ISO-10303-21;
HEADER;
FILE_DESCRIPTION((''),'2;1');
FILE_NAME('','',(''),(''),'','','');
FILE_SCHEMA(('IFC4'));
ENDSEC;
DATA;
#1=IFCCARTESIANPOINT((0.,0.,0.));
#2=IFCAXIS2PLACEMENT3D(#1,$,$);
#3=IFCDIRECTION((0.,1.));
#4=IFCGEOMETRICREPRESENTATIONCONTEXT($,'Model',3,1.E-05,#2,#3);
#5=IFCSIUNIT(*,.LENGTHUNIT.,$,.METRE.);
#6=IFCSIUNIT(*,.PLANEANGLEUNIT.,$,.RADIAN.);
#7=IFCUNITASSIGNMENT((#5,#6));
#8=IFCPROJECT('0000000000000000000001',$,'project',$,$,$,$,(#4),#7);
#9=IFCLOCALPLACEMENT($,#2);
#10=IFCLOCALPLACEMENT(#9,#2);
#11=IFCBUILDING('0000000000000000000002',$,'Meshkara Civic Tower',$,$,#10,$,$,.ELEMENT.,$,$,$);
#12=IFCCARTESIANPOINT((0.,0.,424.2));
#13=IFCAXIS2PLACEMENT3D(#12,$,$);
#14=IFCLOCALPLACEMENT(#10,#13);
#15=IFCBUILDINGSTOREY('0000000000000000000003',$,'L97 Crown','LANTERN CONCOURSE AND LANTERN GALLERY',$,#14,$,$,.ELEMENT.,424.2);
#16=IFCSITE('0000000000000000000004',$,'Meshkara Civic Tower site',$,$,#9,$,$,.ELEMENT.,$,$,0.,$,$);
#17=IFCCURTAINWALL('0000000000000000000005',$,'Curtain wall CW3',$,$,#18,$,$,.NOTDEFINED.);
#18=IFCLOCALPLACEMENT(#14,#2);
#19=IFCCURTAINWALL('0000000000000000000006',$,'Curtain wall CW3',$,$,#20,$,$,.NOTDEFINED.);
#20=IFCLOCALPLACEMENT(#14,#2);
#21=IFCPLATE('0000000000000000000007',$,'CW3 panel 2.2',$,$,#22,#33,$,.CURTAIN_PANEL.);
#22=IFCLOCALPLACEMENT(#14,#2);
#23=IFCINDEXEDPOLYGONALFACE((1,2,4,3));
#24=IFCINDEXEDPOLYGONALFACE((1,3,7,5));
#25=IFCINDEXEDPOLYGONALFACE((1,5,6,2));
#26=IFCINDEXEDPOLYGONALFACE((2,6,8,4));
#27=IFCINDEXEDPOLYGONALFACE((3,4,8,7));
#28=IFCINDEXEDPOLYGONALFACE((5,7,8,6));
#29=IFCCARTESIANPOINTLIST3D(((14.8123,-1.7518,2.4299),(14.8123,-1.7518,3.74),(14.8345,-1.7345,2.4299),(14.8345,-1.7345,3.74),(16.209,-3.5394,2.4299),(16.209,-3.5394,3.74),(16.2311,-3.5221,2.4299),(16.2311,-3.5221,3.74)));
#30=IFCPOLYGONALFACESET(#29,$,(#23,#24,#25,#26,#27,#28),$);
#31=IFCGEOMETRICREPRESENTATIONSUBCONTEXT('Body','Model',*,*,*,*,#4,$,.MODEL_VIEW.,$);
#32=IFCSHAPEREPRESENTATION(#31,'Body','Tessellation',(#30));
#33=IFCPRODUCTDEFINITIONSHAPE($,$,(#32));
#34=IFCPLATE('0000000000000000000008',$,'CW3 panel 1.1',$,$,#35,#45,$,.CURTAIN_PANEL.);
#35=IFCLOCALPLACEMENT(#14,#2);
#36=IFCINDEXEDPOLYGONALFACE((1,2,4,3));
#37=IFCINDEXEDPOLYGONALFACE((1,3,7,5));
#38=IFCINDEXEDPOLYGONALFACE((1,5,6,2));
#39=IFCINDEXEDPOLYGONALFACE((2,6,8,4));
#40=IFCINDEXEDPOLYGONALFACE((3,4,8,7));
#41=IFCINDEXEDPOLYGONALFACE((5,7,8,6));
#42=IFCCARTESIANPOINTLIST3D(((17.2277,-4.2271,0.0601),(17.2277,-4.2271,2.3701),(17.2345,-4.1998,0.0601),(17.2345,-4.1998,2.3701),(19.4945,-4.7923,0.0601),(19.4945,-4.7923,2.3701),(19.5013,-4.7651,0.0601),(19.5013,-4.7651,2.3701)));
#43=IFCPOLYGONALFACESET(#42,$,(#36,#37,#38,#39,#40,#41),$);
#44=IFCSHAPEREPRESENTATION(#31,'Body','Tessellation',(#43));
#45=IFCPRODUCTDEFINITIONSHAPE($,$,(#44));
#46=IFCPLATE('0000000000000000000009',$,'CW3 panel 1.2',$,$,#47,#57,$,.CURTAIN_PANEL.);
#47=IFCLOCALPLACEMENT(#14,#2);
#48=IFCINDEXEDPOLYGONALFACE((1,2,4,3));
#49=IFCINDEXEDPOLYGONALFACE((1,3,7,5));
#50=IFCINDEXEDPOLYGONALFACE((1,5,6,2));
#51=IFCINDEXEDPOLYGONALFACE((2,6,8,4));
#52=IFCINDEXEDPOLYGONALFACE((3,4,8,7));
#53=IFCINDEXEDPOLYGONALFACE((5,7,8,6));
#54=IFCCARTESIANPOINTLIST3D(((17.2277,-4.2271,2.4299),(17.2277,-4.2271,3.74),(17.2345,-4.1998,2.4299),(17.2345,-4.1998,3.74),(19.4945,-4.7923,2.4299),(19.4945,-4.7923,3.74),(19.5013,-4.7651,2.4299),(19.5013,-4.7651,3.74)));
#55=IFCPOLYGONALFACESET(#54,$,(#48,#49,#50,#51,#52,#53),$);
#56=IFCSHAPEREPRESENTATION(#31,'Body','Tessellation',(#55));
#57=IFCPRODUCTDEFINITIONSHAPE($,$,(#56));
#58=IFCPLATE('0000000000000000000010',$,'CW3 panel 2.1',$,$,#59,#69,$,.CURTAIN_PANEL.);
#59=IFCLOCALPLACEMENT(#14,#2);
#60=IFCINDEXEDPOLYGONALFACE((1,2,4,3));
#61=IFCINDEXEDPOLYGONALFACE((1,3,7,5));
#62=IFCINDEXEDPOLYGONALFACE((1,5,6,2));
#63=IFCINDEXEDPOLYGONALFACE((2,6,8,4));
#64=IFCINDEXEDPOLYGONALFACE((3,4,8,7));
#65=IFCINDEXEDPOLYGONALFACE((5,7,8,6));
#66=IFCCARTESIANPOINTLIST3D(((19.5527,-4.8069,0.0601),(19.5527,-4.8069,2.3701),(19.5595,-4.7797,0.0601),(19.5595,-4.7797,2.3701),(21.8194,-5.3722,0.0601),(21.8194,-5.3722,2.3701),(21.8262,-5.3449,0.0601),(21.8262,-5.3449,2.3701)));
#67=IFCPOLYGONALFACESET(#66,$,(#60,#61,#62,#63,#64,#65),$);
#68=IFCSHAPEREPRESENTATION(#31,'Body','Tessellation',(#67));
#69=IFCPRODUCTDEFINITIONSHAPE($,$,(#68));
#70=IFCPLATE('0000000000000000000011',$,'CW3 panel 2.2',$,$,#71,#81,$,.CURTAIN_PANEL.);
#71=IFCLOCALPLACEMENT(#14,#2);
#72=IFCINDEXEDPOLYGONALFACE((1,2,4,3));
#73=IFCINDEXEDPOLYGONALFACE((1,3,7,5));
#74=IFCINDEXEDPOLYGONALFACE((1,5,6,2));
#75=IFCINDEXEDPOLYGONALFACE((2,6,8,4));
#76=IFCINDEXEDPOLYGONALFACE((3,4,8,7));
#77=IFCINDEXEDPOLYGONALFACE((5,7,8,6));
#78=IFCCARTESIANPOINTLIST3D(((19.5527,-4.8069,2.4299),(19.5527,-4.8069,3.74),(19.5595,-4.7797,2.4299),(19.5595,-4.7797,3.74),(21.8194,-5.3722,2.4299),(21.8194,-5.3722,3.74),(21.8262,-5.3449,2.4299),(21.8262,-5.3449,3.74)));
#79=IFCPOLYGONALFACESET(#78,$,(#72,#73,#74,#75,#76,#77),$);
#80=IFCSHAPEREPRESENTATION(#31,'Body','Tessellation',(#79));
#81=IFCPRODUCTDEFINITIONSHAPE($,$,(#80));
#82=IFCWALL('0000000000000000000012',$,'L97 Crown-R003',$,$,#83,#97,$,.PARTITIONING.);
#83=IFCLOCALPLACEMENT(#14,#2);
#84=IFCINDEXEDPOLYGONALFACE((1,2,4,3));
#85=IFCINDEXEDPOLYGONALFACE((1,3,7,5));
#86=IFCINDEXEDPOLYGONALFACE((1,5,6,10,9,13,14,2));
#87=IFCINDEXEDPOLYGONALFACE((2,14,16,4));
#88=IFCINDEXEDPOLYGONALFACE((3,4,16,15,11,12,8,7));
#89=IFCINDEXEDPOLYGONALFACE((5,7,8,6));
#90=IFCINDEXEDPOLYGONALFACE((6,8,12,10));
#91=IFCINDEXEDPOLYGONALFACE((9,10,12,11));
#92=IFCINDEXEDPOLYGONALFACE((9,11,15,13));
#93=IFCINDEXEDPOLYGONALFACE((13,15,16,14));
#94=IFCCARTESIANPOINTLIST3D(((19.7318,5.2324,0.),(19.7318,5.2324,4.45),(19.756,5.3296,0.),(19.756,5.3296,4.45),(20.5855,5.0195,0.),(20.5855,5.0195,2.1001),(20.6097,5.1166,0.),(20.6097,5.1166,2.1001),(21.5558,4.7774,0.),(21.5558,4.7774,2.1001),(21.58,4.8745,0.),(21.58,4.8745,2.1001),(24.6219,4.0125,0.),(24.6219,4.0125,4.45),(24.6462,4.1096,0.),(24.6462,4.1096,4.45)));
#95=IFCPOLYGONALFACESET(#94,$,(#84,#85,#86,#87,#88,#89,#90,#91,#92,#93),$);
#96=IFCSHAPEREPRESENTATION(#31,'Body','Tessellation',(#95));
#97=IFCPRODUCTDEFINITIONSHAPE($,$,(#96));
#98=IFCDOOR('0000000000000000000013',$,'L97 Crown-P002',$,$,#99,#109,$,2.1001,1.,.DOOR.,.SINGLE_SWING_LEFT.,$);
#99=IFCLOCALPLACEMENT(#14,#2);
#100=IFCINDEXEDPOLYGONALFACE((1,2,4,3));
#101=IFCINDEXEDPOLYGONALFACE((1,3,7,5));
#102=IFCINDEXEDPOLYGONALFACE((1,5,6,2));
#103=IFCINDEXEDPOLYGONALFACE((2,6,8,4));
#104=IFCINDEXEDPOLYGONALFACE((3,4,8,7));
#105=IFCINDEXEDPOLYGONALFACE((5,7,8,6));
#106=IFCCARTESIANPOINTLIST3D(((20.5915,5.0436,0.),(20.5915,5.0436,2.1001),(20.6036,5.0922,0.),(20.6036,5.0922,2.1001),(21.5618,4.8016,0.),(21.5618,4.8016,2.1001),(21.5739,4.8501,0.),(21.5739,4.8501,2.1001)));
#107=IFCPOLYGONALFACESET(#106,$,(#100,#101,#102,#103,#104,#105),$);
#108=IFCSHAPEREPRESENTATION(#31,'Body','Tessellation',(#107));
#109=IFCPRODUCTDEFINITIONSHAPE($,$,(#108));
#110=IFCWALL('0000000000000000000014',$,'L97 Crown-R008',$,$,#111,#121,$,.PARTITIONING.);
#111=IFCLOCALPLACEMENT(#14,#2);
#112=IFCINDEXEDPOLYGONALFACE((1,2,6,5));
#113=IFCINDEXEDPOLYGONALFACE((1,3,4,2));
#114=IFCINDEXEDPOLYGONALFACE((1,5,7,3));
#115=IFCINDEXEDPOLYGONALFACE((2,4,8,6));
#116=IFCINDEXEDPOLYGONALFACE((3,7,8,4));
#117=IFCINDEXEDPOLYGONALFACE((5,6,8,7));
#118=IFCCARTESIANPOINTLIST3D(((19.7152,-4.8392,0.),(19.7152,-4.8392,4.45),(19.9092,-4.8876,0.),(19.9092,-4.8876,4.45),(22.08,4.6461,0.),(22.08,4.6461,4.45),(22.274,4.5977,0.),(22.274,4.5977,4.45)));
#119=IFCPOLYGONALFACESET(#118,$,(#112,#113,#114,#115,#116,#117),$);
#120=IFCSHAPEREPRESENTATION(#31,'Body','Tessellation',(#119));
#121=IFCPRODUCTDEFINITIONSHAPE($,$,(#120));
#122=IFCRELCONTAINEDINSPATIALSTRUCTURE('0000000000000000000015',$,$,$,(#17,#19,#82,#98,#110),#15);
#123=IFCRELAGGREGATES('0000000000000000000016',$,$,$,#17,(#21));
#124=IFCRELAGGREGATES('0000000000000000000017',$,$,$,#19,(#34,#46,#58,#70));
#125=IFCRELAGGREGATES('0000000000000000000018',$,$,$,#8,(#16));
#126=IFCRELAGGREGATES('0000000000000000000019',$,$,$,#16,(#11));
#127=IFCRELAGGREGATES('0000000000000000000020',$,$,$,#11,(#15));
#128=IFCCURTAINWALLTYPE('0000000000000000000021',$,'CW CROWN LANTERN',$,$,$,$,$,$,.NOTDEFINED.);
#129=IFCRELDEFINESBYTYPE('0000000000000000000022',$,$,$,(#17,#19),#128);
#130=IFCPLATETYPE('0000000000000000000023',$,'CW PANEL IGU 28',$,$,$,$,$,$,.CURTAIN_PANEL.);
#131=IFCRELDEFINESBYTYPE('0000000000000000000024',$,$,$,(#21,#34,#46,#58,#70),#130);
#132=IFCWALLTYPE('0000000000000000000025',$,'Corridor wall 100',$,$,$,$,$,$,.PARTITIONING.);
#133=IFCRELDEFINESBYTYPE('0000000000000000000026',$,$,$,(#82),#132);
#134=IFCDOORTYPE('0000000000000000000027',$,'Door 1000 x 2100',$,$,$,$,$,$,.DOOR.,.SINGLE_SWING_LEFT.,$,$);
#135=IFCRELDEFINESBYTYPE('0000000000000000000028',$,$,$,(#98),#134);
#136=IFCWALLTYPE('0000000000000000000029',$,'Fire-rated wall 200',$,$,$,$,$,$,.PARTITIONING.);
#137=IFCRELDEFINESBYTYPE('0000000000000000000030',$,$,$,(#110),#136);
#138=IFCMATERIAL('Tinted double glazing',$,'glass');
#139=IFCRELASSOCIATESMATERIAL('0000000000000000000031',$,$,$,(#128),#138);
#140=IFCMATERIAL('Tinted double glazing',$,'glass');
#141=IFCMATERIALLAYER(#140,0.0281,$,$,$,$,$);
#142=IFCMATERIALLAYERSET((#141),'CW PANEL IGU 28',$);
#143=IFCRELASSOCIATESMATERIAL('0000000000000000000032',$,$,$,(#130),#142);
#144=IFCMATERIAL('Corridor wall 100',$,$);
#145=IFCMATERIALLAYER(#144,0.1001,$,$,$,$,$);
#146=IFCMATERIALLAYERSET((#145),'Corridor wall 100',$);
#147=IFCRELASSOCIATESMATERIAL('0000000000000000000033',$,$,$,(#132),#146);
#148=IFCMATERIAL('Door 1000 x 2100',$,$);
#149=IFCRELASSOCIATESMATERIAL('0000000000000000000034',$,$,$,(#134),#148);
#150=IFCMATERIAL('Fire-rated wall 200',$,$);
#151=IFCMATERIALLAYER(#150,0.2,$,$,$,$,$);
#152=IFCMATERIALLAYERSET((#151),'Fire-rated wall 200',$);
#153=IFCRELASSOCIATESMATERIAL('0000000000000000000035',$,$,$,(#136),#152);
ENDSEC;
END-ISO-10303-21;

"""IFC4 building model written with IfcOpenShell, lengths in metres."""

from ifc_helpers import new_model, si_unit, direction, frame, frame_2d, origin, origin_2d, place, context, subcontext, project, spatial, rectangle, extrude, material, layer, layer_set, type_object, element, fill, aggregate, save


model = new_model("IFC4")

# Units and contexts
model_context = context("Model", 3, precision=1e-05, world=origin(), true_north=direction((0.0, 1.0)))
body_context = subcontext(model_context, "Body", "Model", "MODEL_VIEW")
ifc_project = project(units=[si_unit("LENGTHUNIT", "METRE"), si_unit("PLANEANGLEUNIT", "RADIAN")], contexts=[model_context])

# Site, building, storey
site_placement = place(None, origin())
site = spatial("IfcSite", under=ifc_project, at=site_placement, Name="Meshkara Civic Tower site", CompositionType="ELEMENT", RefElevation=0.0)
building_placement = place(site_placement, origin())
building = spatial("IfcBuilding", under=site, at=building_placement, Name="Meshkara Civic Tower", CompositionType="ELEMENT")
storey_placement = place(building_placement, frame((0.0, 0.0, 424.2)))
storey = spatial("IfcBuildingStorey", under=building, at=storey_placement, Name="L97 Crown", Description="LANTERN CONCOURSE AND LANTERN GALLERY", CompositionType="ELEMENT", Elevation=424.2)

# Curtain walls
ifc_material_1 = material(Name="Tinted double glazing", Category="glass")
curtain_wall_type = type_object("IfcCurtainWallType", Name="CW CROWN LANTERN", PredefinedType="NOTDEFINED", material=ifc_material_1)
curtain_wall_1_placement = place(storey_placement, origin())
curtain_wall_1 = element("IfcCurtainWall", 1, at=curtain_wall_1_placement, inside=storey, type_object=curtain_wall_type, Name="Curtain wall CW3", PredefinedType="NOTDEFINED")
curtain_wall_2_placement = place(storey_placement, origin())
curtain_wall_2 = element("IfcCurtainWall", 2, at=curtain_wall_2_placement, inside=storey, type_object=curtain_wall_type, Name="Curtain wall CW3", PredefinedType="NOTDEFINED")

# Plates
ifc_material_2 = material(Name="Tinted double glazing", Category="glass")
ifc_layer_1 = layer(ifc_material_2, 0.0281)
ifc_layer_set_1 = layer_set([ifc_layer_1], Name="CW PANEL IGU 28")
plate_type = type_object("IfcPlateType", Name="CW PANEL IGU 28", PredefinedType="CURTAIN_PANEL", material=ifc_layer_set_1)
plate_1_placement = place(storey_placement, frame((15.5217, -2.637, 2.4299), z_axis=(0.0, 0.0, 1.0), x_axis=(0.615656, -0.788015, 0.0)))
plate_1 = element("IfcPlate", 3, at=plate_1_placement, type_object=plate_type, Name="CW3 panel 2.2", PredefinedType="CURTAIN_PANEL", context=body_context, shape_type="SweptSolid", body=[
    extrude(rectangle(XDim=2.2686, YDim=0.0281, at=origin_2d()), origin(), (0.0, 0.0, 1.0), 1.3101),
])
aggregate(curtain_wall_1, [plate_1])
plate_2_placement = place(storey_placement, frame((18.3645, -4.4961, 0.0601), z_axis=(0.0, 0.0, 1.0), x_axis=(0.970288, -0.241954, 0.0)))
plate_2 = element("IfcPlate", 4, at=plate_2_placement, type_object=plate_type, Name="CW3 panel 1.1", PredefinedType="CURTAIN_PANEL", context=body_context, shape_type="SweptSolid", body=[
    extrude(rectangle(XDim=2.3362, YDim=0.0281, at=origin_2d()), origin(), (0.0, 0.0, 1.0), 2.3101),
])
plate_3_placement = place(storey_placement, frame((18.3645, -4.4961, 2.4299), z_axis=(0.0, 0.0, 1.0), x_axis=(0.970288, -0.241954, 0.0)))
plate_3 = element("IfcPlate", 5, at=plate_3_placement, type_object=plate_type, Name="CW3 panel 1.2", PredefinedType="CURTAIN_PANEL", context=body_context, shape_type="SweptSolid", body=[
    extrude(rectangle(XDim=2.3362, YDim=0.0281, at=origin_2d()), origin(), (0.0, 0.0, 1.0), 1.3101),
])
plate_4_placement = place(storey_placement, frame((20.6895, -5.0759, 0.0601), z_axis=(0.0, 0.0, 1.0), x_axis=(0.970288, -0.241954, 0.0)))
plate_4 = element("IfcPlate", 6, at=plate_4_placement, type_object=plate_type, Name="CW3 panel 2.1", PredefinedType="CURTAIN_PANEL", context=body_context, shape_type="SweptSolid", body=[
    extrude(rectangle(XDim=2.3362, YDim=0.0281, at=origin_2d()), origin(), (0.0, 0.0, 1.0), 2.3101),
])
plate_5_placement = place(storey_placement, frame((20.6895, -5.0759, 2.4299), z_axis=(0.0, 0.0, 1.0), x_axis=(0.970288, -0.241954, 0.0)))
plate_5 = element("IfcPlate", 7, at=plate_5_placement, type_object=plate_type, Name="CW3 panel 2.2", PredefinedType="CURTAIN_PANEL", context=body_context, shape_type="SweptSolid", body=[
    extrude(rectangle(XDim=2.3362, YDim=0.0281, at=origin_2d()), origin(), (0.0, 0.0, 1.0), 1.3101),
])
aggregate(curtain_wall_2, [plate_2, plate_3, plate_4, plate_5])

# Wall, opening, door
ifc_material_3 = material(Name="Corridor wall 100")
ifc_layer_2 = layer(ifc_material_3, 0.1001)
ifc_layer_set_2 = layer_set([ifc_layer_2], Name="Corridor wall 100")
wall_type_1 = type_object("IfcWallType", Name="Corridor wall 100", PredefinedType="PARTITIONING", material=ifc_layer_set_2)
wall_1_placement = place(storey_placement, frame((19.7439, 5.281, 0.0), z_axis=(0.0, 0.0, 1.0), x_axis=(0.970262, -0.242057, 0.0)))
wall_1 = element("IfcWall", 8, at=wall_1_placement, inside=storey, type_object=wall_type_1, Name="L97 Crown-R003", PredefinedType="PARTITIONING", context=body_context, shape_type="SweptSolid", body=[
    extrude(rectangle(XDim=5.04, YDim=0.1001, at=frame_2d((2.52, 0.0))), origin(), (0.0, 0.0, 1.0), 4.45),
])
opening_placement = place(wall_1_placement, frame((0.8799, 0.0, 0.0)))
opening = element("IfcOpeningElement", 9, at=opening_placement, cuts=wall_1, PredefinedType="OPENING", context=body_context, shape_type="SweptSolid", body=[
    extrude(rectangle(XDim=1.0, YDim=2.1001, at=frame_2d((0.5, 1.05))), frame((0.0, 0.0601, 0.0), z_axis=(0.0, -1.0, 0.0), x_axis=(1.0, 0.0, 0.0)), (0.0, 0.0, 1.0), 0.1201),
])
ifc_material_4 = material(Name="Door 1000 x 2100")
door_type = type_object("IfcDoorType", Name="Door 1000 x 2100", OperationType="SINGLE_SWING_LEFT", PredefinedType="DOOR", material=ifc_material_4)
door_placement = place(opening_placement, origin())
door = element("IfcDoor", 10, at=door_placement, inside=storey, type_object=door_type, Name="L97 Crown-P002", OperationType="SINGLE_SWING_LEFT", OverallHeight=2.1001, OverallWidth=1.0, PredefinedType="DOOR", context=body_context, shape_type="SweptSolid", body=[
    extrude(rectangle(XDim=1.0, YDim=2.1001, at=frame_2d((0.5, 1.05))), frame((0.0, 0.0249, 0.0), z_axis=(0.0, -1.0, 0.0), x_axis=(1.0, 0.0, 0.0)), (0.0, 0.0, 1.0), 0.05),
])
fill(opening, door)

# Wall
ifc_material_5 = material(Name="Fire-rated wall 200")
ifc_layer_3 = layer(ifc_material_5, 0.2)
ifc_layer_set_3 = layer_set([ifc_layer_3], Name="Fire-rated wall 200")
wall_type_2 = type_object("IfcWallType", Name="Fire-rated wall 200", PredefinedType="PARTITIONING", material=ifc_layer_set_3)
wall_2_placement = place(storey_placement, frame((19.8123, -4.8633, 0.0), z_axis=(0.0, 0.0, 1.0), x_axis=(0.241901, 0.970301, 0.0)))
element("IfcWall", 11, at=wall_2_placement, inside=storey, type_object=wall_type_2, Name="L97 Crown-R008", PredefinedType="PARTITIONING", context=body_context, shape_type="SweptSolid", body=[
    extrude(rectangle(XDim=9.7756, YDim=0.2, at=frame_2d((4.8877, 0.0))), origin(), (0.0, 0.0, 1.0), 4.45),
])

save(model, "model.ifc")
